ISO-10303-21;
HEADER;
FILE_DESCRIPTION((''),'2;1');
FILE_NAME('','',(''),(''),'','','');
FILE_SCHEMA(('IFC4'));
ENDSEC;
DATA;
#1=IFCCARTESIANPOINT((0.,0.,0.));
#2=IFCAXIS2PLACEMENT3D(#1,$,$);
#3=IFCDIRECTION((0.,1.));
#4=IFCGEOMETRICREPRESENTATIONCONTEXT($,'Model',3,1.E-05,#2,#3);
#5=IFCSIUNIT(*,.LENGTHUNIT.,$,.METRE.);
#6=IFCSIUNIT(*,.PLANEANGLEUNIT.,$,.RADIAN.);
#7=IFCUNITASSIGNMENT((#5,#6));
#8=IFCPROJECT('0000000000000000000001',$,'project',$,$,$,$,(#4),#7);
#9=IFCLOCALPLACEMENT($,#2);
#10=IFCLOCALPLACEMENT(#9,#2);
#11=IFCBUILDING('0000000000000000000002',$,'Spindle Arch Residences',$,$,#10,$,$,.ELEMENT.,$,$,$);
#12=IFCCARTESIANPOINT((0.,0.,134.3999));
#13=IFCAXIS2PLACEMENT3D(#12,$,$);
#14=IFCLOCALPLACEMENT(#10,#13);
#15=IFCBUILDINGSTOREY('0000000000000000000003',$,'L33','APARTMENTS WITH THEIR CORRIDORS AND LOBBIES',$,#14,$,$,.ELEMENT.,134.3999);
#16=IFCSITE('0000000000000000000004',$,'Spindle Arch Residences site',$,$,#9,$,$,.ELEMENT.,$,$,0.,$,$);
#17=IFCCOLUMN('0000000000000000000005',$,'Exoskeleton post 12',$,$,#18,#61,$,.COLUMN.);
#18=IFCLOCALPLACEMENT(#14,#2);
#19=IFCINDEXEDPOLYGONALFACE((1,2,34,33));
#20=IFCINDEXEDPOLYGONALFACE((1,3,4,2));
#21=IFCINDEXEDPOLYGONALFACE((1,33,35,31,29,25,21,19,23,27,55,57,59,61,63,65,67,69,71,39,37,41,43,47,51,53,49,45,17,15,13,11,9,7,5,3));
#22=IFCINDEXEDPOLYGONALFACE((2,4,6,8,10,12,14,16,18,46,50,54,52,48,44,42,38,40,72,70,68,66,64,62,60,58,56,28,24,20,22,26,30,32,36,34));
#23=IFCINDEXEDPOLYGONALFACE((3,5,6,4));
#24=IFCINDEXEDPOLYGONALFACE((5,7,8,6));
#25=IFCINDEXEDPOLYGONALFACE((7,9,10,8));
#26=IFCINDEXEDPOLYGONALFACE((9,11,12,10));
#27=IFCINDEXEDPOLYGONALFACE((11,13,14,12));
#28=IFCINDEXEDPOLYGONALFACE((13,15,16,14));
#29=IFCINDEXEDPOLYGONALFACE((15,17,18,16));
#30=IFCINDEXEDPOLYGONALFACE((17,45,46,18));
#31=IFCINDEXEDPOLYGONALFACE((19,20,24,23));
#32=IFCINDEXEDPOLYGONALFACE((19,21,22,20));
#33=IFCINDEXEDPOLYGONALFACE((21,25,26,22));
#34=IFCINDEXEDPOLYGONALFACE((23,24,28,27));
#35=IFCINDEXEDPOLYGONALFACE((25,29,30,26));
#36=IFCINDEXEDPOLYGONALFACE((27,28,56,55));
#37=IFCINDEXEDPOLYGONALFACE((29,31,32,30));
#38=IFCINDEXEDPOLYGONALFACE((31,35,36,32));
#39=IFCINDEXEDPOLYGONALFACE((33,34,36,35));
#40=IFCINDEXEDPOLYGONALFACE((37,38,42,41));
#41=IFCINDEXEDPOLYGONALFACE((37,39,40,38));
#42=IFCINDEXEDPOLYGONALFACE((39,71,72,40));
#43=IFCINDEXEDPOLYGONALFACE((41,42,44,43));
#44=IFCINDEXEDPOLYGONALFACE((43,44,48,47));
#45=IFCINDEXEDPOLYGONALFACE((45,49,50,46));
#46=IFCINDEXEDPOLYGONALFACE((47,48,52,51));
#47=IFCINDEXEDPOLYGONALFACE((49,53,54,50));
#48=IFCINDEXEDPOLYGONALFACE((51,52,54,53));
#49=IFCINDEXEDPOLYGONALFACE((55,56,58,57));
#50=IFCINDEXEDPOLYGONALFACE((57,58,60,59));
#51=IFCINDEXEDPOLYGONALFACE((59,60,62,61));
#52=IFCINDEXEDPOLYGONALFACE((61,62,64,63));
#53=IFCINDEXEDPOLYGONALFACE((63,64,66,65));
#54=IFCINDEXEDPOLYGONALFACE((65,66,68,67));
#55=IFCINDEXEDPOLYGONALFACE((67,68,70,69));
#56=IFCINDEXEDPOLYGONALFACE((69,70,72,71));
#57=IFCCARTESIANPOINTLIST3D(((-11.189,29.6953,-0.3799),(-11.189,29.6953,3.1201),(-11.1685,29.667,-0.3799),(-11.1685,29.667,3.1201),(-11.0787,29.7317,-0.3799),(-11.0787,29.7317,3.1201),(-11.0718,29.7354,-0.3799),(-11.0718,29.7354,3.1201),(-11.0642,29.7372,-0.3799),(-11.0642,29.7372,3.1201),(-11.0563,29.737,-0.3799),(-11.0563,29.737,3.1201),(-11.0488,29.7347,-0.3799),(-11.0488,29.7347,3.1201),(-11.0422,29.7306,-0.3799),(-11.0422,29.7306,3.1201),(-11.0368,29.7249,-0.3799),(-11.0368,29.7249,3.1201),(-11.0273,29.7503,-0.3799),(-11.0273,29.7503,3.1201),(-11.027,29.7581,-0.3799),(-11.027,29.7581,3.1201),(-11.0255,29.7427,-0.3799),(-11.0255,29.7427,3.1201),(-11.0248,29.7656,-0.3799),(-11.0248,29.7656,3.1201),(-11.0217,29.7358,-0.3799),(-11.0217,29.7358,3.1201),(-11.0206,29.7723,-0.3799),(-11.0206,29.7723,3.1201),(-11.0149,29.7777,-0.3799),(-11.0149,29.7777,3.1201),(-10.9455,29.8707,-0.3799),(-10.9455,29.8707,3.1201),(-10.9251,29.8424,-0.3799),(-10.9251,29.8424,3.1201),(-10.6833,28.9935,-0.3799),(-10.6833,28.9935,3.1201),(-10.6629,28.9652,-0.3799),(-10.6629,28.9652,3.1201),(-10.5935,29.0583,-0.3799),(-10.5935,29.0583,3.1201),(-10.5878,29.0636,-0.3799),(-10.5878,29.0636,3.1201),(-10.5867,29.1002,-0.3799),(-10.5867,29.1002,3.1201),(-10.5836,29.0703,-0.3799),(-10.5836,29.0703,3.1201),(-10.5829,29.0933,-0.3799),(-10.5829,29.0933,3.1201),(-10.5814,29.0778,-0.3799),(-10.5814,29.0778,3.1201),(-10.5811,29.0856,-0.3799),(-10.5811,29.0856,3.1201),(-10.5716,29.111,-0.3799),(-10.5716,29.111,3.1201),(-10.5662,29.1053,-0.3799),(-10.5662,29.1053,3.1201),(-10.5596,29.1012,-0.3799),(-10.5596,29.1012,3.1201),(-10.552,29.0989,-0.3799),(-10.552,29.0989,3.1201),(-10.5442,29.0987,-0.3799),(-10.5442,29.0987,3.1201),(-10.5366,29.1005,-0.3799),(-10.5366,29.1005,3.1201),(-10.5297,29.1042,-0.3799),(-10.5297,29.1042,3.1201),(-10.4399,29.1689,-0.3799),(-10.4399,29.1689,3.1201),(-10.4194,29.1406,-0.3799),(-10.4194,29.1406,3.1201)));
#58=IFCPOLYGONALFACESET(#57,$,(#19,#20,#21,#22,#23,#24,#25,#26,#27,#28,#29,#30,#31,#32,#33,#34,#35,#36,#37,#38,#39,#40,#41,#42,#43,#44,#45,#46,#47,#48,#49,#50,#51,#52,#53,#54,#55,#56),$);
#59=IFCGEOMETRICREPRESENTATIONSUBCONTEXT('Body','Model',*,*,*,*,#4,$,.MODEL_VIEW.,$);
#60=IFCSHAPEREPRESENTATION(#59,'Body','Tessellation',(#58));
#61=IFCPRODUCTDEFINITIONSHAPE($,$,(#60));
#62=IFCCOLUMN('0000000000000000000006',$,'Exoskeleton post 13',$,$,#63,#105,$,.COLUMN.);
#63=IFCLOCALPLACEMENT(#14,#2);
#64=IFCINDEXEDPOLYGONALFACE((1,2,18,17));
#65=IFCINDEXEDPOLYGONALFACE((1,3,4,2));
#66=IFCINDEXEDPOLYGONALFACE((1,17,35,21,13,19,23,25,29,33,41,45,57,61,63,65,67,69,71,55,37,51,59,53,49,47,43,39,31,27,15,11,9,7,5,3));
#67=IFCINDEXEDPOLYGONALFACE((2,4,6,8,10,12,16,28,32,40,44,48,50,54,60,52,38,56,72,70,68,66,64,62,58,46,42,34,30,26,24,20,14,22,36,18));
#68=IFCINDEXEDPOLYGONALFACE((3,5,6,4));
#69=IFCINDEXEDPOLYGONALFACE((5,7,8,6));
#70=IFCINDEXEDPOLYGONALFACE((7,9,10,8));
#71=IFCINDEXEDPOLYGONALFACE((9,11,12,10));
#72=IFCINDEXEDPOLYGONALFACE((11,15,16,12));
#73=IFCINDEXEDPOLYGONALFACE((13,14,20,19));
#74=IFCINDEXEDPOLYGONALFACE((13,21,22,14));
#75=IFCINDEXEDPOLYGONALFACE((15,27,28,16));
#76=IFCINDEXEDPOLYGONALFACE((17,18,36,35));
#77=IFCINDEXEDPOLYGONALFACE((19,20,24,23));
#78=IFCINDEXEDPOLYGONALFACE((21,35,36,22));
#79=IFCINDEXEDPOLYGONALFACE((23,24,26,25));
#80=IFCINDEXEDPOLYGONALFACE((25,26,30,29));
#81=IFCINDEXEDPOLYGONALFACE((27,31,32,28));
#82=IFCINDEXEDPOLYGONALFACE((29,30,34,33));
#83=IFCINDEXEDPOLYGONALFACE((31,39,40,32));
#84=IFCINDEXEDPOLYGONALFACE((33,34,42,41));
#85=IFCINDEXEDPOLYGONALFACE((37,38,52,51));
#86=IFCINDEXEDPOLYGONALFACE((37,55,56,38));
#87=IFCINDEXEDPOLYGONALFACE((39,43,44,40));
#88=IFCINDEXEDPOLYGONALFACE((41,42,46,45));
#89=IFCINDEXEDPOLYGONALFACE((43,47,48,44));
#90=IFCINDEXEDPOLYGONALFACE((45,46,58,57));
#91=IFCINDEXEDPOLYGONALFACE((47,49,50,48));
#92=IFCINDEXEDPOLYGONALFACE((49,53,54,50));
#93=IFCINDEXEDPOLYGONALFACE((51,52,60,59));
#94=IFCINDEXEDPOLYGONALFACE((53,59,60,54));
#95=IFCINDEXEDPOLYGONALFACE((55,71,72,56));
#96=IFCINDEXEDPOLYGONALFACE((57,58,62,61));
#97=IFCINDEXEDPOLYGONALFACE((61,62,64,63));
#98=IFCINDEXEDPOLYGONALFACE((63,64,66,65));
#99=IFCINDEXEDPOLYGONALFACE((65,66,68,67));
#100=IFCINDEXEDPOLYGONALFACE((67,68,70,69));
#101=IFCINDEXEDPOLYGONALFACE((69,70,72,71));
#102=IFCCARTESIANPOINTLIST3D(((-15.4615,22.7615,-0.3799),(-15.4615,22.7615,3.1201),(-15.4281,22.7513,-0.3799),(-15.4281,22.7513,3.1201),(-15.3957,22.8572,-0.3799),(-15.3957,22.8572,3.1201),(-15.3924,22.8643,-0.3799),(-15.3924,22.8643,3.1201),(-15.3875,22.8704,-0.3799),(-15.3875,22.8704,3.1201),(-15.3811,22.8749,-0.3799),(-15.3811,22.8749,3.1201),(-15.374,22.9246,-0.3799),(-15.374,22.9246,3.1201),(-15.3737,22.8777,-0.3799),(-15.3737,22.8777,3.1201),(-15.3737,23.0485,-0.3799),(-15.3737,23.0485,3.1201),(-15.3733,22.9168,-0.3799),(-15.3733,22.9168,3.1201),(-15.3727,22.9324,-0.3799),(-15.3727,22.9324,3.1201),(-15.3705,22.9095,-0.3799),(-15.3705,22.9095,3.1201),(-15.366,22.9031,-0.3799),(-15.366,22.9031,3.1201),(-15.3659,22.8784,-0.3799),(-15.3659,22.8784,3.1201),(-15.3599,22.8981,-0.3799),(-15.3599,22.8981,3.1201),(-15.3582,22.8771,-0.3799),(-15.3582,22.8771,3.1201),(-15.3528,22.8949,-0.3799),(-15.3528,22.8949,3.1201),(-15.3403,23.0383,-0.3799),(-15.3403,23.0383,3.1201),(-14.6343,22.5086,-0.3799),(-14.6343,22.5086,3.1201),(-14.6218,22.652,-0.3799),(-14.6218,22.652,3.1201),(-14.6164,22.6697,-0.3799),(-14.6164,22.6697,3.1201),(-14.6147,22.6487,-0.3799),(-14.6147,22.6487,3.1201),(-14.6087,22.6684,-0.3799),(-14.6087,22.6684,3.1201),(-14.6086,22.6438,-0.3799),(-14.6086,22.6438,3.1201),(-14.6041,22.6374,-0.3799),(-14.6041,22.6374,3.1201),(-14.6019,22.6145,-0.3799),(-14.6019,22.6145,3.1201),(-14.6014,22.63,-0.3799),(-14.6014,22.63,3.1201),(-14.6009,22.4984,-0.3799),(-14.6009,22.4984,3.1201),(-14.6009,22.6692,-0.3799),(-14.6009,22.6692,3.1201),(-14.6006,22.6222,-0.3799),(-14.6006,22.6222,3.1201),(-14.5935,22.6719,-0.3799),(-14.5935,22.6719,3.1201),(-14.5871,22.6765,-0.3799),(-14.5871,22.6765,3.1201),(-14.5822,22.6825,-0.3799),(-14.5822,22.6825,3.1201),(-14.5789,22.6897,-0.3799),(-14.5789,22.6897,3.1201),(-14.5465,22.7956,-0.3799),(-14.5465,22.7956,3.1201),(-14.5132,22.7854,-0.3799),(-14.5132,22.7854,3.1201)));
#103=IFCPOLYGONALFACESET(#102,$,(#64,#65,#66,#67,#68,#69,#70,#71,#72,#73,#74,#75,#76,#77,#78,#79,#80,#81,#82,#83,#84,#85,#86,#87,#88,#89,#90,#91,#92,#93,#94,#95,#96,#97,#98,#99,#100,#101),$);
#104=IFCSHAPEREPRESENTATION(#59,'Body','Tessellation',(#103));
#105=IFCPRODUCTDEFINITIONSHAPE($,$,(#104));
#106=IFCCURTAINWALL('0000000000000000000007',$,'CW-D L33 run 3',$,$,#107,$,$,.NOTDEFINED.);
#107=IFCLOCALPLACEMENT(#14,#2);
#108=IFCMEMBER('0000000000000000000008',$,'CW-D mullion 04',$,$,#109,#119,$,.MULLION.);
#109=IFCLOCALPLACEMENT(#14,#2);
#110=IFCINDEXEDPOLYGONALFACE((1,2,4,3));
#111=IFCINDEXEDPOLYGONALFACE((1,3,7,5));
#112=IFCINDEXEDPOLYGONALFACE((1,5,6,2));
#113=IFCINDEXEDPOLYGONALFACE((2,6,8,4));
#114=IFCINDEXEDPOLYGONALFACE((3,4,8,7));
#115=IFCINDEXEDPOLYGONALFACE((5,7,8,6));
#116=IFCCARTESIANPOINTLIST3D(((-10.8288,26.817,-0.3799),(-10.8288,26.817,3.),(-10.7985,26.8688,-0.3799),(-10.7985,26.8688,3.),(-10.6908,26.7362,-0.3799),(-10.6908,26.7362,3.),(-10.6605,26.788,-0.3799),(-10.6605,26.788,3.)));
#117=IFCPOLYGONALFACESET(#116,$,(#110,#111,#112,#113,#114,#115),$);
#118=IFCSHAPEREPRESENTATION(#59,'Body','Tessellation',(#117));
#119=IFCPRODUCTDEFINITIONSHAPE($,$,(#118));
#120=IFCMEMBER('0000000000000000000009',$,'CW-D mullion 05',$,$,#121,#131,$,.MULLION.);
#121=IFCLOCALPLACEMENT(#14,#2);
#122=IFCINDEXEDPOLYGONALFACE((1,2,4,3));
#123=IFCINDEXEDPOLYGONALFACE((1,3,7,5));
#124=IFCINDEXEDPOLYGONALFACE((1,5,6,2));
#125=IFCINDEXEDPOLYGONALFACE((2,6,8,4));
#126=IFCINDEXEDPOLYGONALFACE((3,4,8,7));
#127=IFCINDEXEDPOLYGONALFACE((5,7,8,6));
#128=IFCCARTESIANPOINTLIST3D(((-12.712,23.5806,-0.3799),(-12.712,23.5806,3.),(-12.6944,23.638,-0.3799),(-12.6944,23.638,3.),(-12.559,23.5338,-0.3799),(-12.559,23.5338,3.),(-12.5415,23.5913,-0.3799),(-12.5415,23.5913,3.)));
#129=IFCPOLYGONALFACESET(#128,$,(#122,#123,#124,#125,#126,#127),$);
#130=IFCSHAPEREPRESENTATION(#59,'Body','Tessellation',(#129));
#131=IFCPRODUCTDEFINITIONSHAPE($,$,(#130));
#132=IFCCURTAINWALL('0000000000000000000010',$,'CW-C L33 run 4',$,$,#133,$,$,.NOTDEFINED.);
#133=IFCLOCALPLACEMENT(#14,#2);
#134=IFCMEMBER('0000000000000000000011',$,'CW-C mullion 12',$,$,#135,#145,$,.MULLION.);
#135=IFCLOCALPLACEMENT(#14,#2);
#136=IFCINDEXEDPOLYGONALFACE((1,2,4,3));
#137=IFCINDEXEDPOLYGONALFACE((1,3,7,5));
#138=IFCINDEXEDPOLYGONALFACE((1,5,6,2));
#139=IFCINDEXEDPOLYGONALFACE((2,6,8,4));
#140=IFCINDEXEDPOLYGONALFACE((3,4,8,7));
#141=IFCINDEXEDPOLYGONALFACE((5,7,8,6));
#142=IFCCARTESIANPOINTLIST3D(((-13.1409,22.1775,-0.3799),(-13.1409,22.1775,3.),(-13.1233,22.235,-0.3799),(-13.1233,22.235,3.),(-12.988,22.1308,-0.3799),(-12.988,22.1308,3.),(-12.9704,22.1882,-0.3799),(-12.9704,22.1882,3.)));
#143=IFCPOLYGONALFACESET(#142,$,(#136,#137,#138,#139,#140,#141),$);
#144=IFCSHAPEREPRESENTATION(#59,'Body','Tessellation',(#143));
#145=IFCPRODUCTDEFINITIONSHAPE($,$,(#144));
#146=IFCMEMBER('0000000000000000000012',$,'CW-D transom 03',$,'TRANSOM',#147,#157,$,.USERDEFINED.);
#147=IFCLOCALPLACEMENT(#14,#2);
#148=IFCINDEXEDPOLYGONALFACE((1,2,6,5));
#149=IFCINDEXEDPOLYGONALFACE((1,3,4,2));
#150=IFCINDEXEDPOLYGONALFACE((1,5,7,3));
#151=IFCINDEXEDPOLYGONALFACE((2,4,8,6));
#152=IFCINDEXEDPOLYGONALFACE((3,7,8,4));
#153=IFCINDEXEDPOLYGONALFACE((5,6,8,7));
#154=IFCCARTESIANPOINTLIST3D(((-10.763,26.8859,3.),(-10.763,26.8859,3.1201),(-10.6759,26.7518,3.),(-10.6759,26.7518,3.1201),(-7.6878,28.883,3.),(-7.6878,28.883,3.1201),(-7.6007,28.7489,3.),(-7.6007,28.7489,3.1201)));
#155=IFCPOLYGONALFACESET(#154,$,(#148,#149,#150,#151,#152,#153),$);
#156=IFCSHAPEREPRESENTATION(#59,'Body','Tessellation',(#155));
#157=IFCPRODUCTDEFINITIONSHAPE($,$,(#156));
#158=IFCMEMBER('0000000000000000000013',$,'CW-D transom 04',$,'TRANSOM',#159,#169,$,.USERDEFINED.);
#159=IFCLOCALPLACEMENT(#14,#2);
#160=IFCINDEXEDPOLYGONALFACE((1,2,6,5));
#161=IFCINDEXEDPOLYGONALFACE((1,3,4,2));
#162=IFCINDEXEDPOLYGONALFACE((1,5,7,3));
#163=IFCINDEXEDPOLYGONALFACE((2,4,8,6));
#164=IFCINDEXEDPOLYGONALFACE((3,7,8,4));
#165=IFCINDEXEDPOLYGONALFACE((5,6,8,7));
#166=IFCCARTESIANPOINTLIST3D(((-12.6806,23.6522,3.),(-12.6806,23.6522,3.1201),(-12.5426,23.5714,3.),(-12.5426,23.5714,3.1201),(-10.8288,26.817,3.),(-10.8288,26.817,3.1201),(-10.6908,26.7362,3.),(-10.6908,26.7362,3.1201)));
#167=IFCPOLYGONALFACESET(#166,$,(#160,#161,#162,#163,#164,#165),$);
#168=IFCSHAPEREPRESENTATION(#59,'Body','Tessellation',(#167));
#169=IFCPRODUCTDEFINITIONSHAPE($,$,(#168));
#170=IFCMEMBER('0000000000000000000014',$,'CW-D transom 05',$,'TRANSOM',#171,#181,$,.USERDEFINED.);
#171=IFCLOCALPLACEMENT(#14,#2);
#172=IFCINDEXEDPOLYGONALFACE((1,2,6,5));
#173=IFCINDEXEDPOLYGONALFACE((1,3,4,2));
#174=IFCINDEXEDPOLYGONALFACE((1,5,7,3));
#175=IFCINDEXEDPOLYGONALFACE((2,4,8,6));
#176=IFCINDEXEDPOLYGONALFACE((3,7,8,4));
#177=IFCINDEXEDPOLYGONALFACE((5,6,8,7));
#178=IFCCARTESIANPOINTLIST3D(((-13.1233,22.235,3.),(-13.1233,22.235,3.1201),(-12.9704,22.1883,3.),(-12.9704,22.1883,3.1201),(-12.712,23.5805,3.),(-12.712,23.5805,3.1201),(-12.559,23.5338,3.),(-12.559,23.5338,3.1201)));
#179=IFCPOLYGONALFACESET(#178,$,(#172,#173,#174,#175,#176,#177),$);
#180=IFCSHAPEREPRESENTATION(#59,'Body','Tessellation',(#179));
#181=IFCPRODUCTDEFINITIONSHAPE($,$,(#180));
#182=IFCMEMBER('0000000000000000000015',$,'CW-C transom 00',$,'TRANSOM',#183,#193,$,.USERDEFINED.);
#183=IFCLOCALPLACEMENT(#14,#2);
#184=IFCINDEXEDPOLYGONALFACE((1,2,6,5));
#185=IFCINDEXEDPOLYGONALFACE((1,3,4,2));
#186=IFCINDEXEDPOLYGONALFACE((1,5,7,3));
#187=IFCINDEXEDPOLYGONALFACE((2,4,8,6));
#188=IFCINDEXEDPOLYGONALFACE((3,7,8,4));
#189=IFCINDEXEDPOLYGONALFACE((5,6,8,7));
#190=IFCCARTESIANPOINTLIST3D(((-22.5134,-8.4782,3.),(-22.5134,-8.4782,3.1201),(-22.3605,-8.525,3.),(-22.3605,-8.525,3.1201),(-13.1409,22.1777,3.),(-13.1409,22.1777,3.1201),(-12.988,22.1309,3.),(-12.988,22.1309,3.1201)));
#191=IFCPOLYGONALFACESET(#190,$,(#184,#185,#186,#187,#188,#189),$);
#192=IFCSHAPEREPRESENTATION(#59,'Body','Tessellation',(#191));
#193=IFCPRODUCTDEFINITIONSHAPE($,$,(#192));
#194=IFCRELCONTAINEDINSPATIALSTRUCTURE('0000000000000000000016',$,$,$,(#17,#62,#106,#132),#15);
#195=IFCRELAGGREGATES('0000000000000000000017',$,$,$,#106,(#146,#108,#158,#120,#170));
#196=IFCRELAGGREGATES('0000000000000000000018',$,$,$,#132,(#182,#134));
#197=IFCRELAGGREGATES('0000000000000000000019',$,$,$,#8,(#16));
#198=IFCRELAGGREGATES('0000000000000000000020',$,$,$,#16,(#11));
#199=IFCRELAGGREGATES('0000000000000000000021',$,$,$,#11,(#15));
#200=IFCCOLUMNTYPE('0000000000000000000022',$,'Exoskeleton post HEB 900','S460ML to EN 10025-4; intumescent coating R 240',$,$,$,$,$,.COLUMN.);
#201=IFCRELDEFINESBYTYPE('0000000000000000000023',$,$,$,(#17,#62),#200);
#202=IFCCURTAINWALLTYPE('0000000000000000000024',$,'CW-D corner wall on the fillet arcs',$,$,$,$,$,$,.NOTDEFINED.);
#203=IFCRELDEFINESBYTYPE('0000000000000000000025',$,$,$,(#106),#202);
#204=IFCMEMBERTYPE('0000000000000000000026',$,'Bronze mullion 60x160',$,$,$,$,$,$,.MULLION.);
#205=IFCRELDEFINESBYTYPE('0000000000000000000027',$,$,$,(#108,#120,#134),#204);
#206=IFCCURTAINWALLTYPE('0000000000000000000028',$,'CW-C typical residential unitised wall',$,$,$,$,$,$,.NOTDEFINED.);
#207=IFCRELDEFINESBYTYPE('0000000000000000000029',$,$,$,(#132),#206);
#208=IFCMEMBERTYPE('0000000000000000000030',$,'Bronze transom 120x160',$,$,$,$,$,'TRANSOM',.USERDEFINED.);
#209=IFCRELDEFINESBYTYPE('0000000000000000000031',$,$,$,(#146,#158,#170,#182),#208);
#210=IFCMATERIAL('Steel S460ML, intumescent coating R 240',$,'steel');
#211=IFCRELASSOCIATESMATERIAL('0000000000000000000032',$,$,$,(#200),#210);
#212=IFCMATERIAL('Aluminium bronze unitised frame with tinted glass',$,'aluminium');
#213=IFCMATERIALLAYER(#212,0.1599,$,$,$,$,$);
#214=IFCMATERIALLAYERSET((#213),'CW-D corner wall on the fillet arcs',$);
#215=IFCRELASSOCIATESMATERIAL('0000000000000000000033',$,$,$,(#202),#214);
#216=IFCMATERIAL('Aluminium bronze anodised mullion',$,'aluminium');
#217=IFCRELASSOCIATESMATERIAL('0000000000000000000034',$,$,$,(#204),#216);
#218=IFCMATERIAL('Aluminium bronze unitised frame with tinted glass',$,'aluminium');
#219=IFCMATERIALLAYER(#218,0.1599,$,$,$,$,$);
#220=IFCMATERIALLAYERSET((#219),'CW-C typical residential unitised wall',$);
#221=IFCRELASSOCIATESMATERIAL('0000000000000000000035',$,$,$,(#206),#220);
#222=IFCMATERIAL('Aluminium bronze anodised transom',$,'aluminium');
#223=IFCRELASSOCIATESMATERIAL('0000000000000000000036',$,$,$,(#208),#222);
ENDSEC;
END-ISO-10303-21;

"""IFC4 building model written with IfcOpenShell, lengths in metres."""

from ifc_helpers import new_model, si_unit, direction, frame, origin, origin_2d, place, context, subcontext, project, spatial, rectangle, i_section, extrude, material, layer, layer_set, material_profile, profile_set, type_object, element, aggregate, save


model = new_model("IFC4")

# Units and contexts
model_context = context("Model", 3, precision=1e-05, world=origin(), true_north=direction((0.0, 1.0)))
body_context = subcontext(model_context, "Body", "Model", "MODEL_VIEW")
ifc_project = project(units=[si_unit("LENGTHUNIT", "METRE"), si_unit("PLANEANGLEUNIT", "RADIAN")], contexts=[model_context])

# Site, building, storey
site_placement = place(None, origin())
site = spatial("IfcSite", under=ifc_project, at=site_placement, Name="Spindle Arch Residences site", CompositionType="ELEMENT", RefElevation=0.0)
building_placement = place(site_placement, origin())
building = spatial("IfcBuilding", under=site, at=building_placement, Name="Spindle Arch Residences", CompositionType="ELEMENT")
storey_placement = place(building_placement, frame((0.0, 0.0, 134.3999)))
storey = spatial("IfcBuildingStorey", under=building, at=storey_placement, Name="L33", Description="APARTMENTS WITH THEIR CORRIDORS AND LOBBIES", CompositionType="ELEMENT", Elevation=134.3999)

# Columns
ifc_material_1 = material(Name="Steel S460ML, intumescent coating R 240", Category="steel")
ifc_material_profile_1 = material_profile(ifc_material_1, i_section(OverallWidth=0.3, OverallDepth=0.8999, WebThickness=0.0186, FlangeThickness=0.0349, FilletRadius=0.03, at=origin_2d()), Name="HEB 900")
ifc_profile_set_1 = profile_set([ifc_material_profile_1], Name="Steel S460ML, intumescent coating R 240")
column_type = type_object("IfcColumnType", Name="Exoskeleton post HEB 900", Description="S460ML to EN 10025-4; intumescent coating R 240", PredefinedType="COLUMN", material=ifc_profile_set_1)
for number, where, z_axis, x_axis, name in (
    (1, (-10.8042, 29.418, -0.3799), (0.0, 0.0, 1.0), (0.811328, 0.584591, 0.0), "Exoskeleton post 12"),
    (2, (-14.9873, 22.7734, -0.3799), (0.0, 0.0, 1.0), (0.292372, 0.956305, 0.0), "Exoskeleton post 13"),
):
    element("IfcColumn", number, at=place(storey_placement, frame(where, z_axis=z_axis, x_axis=x_axis)), inside=storey, type_object=column_type, Name=name, PredefinedType="COLUMN", context=body_context, shape_type="SweptSolid", body=[
        extrude(i_section(OverallWidth=0.3, OverallDepth=0.8999, WebThickness=0.0186, FlangeThickness=0.0349, FilletRadius=0.03, at=origin_2d()), origin(), (0.0, 0.0, 1.0), 3.5),
    ])

# Curtain wall, members
ifc_material_2 = material(Name="Aluminium bronze unitised frame with tinted glass", Category="aluminium")
ifc_layer_1 = layer(ifc_material_2, 0.1599)
ifc_layer_set_1 = layer_set([ifc_layer_1], Name="CW-D corner wall on the fillet arcs")
curtain_wall_type_1 = type_object("IfcCurtainWallType", Name="CW-D corner wall on the fillet arcs", PredefinedType="NOTDEFINED", material=ifc_layer_set_1)
curtain_wall_1_placement = place(storey_placement, origin())
curtain_wall_1 = element("IfcCurtainWall", 3, at=curtain_wall_1_placement, inside=storey, type_object=curtain_wall_type_1, Name="CW-D L33 run 3", PredefinedType="NOTDEFINED")
ifc_material_3 = material(Name="Aluminium bronze anodised mullion", Category="aluminium")
ifc_material_profile_2 = material_profile(ifc_material_3, rectangle(XDim=0.1599, YDim=0.0601, at=origin_2d()), Name="MU 60x160")
ifc_profile_set_2 = profile_set([ifc_material_profile_2], Name="Aluminium bronze anodised mullion")
member_type_1 = type_object("IfcMemberType", Name="Bronze mullion 60x160", PredefinedType="MULLION", material=ifc_profile_set_2)
member_1_placement = place(storey_placement, frame((-10.7446, 26.8025, -0.3799), z_axis=(0.0, 0.0, 1.0), x_axis=(0.863102, -0.50503, 0.0)))
member_1 = element("IfcMember", 4, at=member_1_placement, type_object=member_type_1, Name="CW-D mullion 04", PredefinedType="MULLION", context=body_context, shape_type="SweptSolid", body=[
    extrude(rectangle(XDim=0.1599, YDim=0.0601, at=origin_2d()), origin(), (0.0, 0.0, 1.0), 3.3799),
])
member_2_placement = place(storey_placement, frame((-12.6267, 23.5859, -0.3799), z_axis=(0.0, 0.0, 1.0), x_axis=(0.956305, -0.292372, 0.0)))
member_2 = element("IfcMember", 5, at=member_2_placement, type_object=member_type_1, Name="CW-D mullion 05", PredefinedType="MULLION", context=body_context, shape_type="SweptSolid", body=[
    extrude(rectangle(XDim=0.1599, YDim=0.0601, at=origin_2d()), origin(), (0.0, 0.0, 1.0), 3.3799),
])

# Curtain wall, member
ifc_material_4 = material(Name="Aluminium bronze unitised frame with tinted glass", Category="aluminium")
ifc_layer_2 = layer(ifc_material_4, 0.1599)
ifc_layer_set_2 = layer_set([ifc_layer_2], Name="CW-C typical residential unitised wall")
curtain_wall_type_2 = type_object("IfcCurtainWallType", Name="CW-C typical residential unitised wall", PredefinedType="NOTDEFINED", material=ifc_layer_set_2)
curtain_wall_2_placement = place(storey_placement, origin())
curtain_wall_2 = element("IfcCurtainWall", 6, at=curtain_wall_2_placement, inside=storey, type_object=curtain_wall_type_2, Name="CW-C L33 run 4", PredefinedType="NOTDEFINED")
member_3_placement = place(storey_placement, frame((-13.0557, 22.1829, -0.3799), z_axis=(0.0, 0.0, 1.0), x_axis=(0.956305, -0.292372, 0.0)))
member_3 = element("IfcMember", 7, at=member_3_placement, type_object=member_type_1, Name="CW-C mullion 12", PredefinedType="MULLION", context=body_context, shape_type="SweptSolid", body=[
    extrude(rectangle(XDim=0.1599, YDim=0.0601, at=origin_2d()), origin(), (0.0, 0.0, 1.0), 3.3799),
])

# Members
ifc_material_5 = material(Name="Aluminium bronze anodised transom", Category="aluminium")
ifc_material_profile_3 = material_profile(ifc_material_5, rectangle(XDim=0.1599, YDim=0.1201, at=origin_2d()), Name="TR 120x160")
ifc_profile_set_3 = profile_set([ifc_material_profile_3], Name="Aluminium bronze anodised transom")
member_type_2 = type_object("IfcMemberType", Name="Bronze transom 120x160", ElementType="TRANSOM", PredefinedType="USERDEFINED", material=ifc_profile_set_3)
member_4_placement = place(storey_placement, frame((-7.6443, 28.8159, 3.0601), z_axis=(-0.838669, -0.544642, 0.0), x_axis=(0.544642, -0.838669, 0.0)))
member_4 = element("IfcMember", 8, at=member_4_placement, type_object=member_type_2, Name="CW-D transom 03", ObjectType="TRANSOM", PredefinedType="USERDEFINED", context=body_context, shape_type="SweptSolid", body=[
    extrude(rectangle(XDim=0.1599, YDim=0.1201, at=origin_2d()), origin(), (0.0, 0.0, 1.0), 3.6667),
])
member_5_placement = place(storey_placement, frame((-10.7598, 26.7766, 3.0601), z_axis=(-0.505026, -0.863104, 0.0), x_axis=(0.863104, -0.505026, 0.0)))
member_5 = element("IfcMember", 9, at=member_5_placement, type_object=member_type_2, Name="CW-D transom 04", ObjectType="TRANSOM", PredefinedType="USERDEFINED", context=body_context, shape_type="SweptSolid", body=[
    extrude(rectangle(XDim=0.1599, YDim=0.1201, at=origin_2d()), origin(), (0.0, 0.0, 1.0), 3.6667),
])
member_6_placement = place(storey_placement, frame((-12.6355, 23.5571, 3.0601), z_axis=(-0.29239, -0.956299, 0.0), x_axis=(0.956299, -0.29239, 0.0)))
member_6 = element("IfcMember", 10, at=member_6_placement, type_object=member_type_2, Name="CW-D transom 05", ObjectType="TRANSOM", PredefinedType="USERDEFINED", context=body_context, shape_type="SweptSolid", body=[
    extrude(rectangle(XDim=0.1599, YDim=0.1201, at=origin_2d()), origin(), (0.0, 0.0, 1.0), 1.407),
])
member_7_placement = place(storey_placement, frame((-13.0645, 22.1543, 3.0601), z_axis=(-0.292374, -0.956304, 0.0), x_axis=(0.956304, -0.292374, 0.0)))
member_7 = element("IfcMember", 11, at=member_7_placement, type_object=member_type_2, Name="CW-C transom 00", ObjectType="TRANSOM", PredefinedType="USERDEFINED", context=body_context, shape_type="SweptSolid", body=[
    extrude(rectangle(XDim=0.1599, YDim=0.1201, at=origin_2d()), origin(), (0.0, 0.0, 1.0), 32.0566),
])

aggregate(curtain_wall_1, [member_4, member_1, member_5, member_2, member_6])
aggregate(curtain_wall_2, [member_7, member_3])

save(model, "model.ifc")
